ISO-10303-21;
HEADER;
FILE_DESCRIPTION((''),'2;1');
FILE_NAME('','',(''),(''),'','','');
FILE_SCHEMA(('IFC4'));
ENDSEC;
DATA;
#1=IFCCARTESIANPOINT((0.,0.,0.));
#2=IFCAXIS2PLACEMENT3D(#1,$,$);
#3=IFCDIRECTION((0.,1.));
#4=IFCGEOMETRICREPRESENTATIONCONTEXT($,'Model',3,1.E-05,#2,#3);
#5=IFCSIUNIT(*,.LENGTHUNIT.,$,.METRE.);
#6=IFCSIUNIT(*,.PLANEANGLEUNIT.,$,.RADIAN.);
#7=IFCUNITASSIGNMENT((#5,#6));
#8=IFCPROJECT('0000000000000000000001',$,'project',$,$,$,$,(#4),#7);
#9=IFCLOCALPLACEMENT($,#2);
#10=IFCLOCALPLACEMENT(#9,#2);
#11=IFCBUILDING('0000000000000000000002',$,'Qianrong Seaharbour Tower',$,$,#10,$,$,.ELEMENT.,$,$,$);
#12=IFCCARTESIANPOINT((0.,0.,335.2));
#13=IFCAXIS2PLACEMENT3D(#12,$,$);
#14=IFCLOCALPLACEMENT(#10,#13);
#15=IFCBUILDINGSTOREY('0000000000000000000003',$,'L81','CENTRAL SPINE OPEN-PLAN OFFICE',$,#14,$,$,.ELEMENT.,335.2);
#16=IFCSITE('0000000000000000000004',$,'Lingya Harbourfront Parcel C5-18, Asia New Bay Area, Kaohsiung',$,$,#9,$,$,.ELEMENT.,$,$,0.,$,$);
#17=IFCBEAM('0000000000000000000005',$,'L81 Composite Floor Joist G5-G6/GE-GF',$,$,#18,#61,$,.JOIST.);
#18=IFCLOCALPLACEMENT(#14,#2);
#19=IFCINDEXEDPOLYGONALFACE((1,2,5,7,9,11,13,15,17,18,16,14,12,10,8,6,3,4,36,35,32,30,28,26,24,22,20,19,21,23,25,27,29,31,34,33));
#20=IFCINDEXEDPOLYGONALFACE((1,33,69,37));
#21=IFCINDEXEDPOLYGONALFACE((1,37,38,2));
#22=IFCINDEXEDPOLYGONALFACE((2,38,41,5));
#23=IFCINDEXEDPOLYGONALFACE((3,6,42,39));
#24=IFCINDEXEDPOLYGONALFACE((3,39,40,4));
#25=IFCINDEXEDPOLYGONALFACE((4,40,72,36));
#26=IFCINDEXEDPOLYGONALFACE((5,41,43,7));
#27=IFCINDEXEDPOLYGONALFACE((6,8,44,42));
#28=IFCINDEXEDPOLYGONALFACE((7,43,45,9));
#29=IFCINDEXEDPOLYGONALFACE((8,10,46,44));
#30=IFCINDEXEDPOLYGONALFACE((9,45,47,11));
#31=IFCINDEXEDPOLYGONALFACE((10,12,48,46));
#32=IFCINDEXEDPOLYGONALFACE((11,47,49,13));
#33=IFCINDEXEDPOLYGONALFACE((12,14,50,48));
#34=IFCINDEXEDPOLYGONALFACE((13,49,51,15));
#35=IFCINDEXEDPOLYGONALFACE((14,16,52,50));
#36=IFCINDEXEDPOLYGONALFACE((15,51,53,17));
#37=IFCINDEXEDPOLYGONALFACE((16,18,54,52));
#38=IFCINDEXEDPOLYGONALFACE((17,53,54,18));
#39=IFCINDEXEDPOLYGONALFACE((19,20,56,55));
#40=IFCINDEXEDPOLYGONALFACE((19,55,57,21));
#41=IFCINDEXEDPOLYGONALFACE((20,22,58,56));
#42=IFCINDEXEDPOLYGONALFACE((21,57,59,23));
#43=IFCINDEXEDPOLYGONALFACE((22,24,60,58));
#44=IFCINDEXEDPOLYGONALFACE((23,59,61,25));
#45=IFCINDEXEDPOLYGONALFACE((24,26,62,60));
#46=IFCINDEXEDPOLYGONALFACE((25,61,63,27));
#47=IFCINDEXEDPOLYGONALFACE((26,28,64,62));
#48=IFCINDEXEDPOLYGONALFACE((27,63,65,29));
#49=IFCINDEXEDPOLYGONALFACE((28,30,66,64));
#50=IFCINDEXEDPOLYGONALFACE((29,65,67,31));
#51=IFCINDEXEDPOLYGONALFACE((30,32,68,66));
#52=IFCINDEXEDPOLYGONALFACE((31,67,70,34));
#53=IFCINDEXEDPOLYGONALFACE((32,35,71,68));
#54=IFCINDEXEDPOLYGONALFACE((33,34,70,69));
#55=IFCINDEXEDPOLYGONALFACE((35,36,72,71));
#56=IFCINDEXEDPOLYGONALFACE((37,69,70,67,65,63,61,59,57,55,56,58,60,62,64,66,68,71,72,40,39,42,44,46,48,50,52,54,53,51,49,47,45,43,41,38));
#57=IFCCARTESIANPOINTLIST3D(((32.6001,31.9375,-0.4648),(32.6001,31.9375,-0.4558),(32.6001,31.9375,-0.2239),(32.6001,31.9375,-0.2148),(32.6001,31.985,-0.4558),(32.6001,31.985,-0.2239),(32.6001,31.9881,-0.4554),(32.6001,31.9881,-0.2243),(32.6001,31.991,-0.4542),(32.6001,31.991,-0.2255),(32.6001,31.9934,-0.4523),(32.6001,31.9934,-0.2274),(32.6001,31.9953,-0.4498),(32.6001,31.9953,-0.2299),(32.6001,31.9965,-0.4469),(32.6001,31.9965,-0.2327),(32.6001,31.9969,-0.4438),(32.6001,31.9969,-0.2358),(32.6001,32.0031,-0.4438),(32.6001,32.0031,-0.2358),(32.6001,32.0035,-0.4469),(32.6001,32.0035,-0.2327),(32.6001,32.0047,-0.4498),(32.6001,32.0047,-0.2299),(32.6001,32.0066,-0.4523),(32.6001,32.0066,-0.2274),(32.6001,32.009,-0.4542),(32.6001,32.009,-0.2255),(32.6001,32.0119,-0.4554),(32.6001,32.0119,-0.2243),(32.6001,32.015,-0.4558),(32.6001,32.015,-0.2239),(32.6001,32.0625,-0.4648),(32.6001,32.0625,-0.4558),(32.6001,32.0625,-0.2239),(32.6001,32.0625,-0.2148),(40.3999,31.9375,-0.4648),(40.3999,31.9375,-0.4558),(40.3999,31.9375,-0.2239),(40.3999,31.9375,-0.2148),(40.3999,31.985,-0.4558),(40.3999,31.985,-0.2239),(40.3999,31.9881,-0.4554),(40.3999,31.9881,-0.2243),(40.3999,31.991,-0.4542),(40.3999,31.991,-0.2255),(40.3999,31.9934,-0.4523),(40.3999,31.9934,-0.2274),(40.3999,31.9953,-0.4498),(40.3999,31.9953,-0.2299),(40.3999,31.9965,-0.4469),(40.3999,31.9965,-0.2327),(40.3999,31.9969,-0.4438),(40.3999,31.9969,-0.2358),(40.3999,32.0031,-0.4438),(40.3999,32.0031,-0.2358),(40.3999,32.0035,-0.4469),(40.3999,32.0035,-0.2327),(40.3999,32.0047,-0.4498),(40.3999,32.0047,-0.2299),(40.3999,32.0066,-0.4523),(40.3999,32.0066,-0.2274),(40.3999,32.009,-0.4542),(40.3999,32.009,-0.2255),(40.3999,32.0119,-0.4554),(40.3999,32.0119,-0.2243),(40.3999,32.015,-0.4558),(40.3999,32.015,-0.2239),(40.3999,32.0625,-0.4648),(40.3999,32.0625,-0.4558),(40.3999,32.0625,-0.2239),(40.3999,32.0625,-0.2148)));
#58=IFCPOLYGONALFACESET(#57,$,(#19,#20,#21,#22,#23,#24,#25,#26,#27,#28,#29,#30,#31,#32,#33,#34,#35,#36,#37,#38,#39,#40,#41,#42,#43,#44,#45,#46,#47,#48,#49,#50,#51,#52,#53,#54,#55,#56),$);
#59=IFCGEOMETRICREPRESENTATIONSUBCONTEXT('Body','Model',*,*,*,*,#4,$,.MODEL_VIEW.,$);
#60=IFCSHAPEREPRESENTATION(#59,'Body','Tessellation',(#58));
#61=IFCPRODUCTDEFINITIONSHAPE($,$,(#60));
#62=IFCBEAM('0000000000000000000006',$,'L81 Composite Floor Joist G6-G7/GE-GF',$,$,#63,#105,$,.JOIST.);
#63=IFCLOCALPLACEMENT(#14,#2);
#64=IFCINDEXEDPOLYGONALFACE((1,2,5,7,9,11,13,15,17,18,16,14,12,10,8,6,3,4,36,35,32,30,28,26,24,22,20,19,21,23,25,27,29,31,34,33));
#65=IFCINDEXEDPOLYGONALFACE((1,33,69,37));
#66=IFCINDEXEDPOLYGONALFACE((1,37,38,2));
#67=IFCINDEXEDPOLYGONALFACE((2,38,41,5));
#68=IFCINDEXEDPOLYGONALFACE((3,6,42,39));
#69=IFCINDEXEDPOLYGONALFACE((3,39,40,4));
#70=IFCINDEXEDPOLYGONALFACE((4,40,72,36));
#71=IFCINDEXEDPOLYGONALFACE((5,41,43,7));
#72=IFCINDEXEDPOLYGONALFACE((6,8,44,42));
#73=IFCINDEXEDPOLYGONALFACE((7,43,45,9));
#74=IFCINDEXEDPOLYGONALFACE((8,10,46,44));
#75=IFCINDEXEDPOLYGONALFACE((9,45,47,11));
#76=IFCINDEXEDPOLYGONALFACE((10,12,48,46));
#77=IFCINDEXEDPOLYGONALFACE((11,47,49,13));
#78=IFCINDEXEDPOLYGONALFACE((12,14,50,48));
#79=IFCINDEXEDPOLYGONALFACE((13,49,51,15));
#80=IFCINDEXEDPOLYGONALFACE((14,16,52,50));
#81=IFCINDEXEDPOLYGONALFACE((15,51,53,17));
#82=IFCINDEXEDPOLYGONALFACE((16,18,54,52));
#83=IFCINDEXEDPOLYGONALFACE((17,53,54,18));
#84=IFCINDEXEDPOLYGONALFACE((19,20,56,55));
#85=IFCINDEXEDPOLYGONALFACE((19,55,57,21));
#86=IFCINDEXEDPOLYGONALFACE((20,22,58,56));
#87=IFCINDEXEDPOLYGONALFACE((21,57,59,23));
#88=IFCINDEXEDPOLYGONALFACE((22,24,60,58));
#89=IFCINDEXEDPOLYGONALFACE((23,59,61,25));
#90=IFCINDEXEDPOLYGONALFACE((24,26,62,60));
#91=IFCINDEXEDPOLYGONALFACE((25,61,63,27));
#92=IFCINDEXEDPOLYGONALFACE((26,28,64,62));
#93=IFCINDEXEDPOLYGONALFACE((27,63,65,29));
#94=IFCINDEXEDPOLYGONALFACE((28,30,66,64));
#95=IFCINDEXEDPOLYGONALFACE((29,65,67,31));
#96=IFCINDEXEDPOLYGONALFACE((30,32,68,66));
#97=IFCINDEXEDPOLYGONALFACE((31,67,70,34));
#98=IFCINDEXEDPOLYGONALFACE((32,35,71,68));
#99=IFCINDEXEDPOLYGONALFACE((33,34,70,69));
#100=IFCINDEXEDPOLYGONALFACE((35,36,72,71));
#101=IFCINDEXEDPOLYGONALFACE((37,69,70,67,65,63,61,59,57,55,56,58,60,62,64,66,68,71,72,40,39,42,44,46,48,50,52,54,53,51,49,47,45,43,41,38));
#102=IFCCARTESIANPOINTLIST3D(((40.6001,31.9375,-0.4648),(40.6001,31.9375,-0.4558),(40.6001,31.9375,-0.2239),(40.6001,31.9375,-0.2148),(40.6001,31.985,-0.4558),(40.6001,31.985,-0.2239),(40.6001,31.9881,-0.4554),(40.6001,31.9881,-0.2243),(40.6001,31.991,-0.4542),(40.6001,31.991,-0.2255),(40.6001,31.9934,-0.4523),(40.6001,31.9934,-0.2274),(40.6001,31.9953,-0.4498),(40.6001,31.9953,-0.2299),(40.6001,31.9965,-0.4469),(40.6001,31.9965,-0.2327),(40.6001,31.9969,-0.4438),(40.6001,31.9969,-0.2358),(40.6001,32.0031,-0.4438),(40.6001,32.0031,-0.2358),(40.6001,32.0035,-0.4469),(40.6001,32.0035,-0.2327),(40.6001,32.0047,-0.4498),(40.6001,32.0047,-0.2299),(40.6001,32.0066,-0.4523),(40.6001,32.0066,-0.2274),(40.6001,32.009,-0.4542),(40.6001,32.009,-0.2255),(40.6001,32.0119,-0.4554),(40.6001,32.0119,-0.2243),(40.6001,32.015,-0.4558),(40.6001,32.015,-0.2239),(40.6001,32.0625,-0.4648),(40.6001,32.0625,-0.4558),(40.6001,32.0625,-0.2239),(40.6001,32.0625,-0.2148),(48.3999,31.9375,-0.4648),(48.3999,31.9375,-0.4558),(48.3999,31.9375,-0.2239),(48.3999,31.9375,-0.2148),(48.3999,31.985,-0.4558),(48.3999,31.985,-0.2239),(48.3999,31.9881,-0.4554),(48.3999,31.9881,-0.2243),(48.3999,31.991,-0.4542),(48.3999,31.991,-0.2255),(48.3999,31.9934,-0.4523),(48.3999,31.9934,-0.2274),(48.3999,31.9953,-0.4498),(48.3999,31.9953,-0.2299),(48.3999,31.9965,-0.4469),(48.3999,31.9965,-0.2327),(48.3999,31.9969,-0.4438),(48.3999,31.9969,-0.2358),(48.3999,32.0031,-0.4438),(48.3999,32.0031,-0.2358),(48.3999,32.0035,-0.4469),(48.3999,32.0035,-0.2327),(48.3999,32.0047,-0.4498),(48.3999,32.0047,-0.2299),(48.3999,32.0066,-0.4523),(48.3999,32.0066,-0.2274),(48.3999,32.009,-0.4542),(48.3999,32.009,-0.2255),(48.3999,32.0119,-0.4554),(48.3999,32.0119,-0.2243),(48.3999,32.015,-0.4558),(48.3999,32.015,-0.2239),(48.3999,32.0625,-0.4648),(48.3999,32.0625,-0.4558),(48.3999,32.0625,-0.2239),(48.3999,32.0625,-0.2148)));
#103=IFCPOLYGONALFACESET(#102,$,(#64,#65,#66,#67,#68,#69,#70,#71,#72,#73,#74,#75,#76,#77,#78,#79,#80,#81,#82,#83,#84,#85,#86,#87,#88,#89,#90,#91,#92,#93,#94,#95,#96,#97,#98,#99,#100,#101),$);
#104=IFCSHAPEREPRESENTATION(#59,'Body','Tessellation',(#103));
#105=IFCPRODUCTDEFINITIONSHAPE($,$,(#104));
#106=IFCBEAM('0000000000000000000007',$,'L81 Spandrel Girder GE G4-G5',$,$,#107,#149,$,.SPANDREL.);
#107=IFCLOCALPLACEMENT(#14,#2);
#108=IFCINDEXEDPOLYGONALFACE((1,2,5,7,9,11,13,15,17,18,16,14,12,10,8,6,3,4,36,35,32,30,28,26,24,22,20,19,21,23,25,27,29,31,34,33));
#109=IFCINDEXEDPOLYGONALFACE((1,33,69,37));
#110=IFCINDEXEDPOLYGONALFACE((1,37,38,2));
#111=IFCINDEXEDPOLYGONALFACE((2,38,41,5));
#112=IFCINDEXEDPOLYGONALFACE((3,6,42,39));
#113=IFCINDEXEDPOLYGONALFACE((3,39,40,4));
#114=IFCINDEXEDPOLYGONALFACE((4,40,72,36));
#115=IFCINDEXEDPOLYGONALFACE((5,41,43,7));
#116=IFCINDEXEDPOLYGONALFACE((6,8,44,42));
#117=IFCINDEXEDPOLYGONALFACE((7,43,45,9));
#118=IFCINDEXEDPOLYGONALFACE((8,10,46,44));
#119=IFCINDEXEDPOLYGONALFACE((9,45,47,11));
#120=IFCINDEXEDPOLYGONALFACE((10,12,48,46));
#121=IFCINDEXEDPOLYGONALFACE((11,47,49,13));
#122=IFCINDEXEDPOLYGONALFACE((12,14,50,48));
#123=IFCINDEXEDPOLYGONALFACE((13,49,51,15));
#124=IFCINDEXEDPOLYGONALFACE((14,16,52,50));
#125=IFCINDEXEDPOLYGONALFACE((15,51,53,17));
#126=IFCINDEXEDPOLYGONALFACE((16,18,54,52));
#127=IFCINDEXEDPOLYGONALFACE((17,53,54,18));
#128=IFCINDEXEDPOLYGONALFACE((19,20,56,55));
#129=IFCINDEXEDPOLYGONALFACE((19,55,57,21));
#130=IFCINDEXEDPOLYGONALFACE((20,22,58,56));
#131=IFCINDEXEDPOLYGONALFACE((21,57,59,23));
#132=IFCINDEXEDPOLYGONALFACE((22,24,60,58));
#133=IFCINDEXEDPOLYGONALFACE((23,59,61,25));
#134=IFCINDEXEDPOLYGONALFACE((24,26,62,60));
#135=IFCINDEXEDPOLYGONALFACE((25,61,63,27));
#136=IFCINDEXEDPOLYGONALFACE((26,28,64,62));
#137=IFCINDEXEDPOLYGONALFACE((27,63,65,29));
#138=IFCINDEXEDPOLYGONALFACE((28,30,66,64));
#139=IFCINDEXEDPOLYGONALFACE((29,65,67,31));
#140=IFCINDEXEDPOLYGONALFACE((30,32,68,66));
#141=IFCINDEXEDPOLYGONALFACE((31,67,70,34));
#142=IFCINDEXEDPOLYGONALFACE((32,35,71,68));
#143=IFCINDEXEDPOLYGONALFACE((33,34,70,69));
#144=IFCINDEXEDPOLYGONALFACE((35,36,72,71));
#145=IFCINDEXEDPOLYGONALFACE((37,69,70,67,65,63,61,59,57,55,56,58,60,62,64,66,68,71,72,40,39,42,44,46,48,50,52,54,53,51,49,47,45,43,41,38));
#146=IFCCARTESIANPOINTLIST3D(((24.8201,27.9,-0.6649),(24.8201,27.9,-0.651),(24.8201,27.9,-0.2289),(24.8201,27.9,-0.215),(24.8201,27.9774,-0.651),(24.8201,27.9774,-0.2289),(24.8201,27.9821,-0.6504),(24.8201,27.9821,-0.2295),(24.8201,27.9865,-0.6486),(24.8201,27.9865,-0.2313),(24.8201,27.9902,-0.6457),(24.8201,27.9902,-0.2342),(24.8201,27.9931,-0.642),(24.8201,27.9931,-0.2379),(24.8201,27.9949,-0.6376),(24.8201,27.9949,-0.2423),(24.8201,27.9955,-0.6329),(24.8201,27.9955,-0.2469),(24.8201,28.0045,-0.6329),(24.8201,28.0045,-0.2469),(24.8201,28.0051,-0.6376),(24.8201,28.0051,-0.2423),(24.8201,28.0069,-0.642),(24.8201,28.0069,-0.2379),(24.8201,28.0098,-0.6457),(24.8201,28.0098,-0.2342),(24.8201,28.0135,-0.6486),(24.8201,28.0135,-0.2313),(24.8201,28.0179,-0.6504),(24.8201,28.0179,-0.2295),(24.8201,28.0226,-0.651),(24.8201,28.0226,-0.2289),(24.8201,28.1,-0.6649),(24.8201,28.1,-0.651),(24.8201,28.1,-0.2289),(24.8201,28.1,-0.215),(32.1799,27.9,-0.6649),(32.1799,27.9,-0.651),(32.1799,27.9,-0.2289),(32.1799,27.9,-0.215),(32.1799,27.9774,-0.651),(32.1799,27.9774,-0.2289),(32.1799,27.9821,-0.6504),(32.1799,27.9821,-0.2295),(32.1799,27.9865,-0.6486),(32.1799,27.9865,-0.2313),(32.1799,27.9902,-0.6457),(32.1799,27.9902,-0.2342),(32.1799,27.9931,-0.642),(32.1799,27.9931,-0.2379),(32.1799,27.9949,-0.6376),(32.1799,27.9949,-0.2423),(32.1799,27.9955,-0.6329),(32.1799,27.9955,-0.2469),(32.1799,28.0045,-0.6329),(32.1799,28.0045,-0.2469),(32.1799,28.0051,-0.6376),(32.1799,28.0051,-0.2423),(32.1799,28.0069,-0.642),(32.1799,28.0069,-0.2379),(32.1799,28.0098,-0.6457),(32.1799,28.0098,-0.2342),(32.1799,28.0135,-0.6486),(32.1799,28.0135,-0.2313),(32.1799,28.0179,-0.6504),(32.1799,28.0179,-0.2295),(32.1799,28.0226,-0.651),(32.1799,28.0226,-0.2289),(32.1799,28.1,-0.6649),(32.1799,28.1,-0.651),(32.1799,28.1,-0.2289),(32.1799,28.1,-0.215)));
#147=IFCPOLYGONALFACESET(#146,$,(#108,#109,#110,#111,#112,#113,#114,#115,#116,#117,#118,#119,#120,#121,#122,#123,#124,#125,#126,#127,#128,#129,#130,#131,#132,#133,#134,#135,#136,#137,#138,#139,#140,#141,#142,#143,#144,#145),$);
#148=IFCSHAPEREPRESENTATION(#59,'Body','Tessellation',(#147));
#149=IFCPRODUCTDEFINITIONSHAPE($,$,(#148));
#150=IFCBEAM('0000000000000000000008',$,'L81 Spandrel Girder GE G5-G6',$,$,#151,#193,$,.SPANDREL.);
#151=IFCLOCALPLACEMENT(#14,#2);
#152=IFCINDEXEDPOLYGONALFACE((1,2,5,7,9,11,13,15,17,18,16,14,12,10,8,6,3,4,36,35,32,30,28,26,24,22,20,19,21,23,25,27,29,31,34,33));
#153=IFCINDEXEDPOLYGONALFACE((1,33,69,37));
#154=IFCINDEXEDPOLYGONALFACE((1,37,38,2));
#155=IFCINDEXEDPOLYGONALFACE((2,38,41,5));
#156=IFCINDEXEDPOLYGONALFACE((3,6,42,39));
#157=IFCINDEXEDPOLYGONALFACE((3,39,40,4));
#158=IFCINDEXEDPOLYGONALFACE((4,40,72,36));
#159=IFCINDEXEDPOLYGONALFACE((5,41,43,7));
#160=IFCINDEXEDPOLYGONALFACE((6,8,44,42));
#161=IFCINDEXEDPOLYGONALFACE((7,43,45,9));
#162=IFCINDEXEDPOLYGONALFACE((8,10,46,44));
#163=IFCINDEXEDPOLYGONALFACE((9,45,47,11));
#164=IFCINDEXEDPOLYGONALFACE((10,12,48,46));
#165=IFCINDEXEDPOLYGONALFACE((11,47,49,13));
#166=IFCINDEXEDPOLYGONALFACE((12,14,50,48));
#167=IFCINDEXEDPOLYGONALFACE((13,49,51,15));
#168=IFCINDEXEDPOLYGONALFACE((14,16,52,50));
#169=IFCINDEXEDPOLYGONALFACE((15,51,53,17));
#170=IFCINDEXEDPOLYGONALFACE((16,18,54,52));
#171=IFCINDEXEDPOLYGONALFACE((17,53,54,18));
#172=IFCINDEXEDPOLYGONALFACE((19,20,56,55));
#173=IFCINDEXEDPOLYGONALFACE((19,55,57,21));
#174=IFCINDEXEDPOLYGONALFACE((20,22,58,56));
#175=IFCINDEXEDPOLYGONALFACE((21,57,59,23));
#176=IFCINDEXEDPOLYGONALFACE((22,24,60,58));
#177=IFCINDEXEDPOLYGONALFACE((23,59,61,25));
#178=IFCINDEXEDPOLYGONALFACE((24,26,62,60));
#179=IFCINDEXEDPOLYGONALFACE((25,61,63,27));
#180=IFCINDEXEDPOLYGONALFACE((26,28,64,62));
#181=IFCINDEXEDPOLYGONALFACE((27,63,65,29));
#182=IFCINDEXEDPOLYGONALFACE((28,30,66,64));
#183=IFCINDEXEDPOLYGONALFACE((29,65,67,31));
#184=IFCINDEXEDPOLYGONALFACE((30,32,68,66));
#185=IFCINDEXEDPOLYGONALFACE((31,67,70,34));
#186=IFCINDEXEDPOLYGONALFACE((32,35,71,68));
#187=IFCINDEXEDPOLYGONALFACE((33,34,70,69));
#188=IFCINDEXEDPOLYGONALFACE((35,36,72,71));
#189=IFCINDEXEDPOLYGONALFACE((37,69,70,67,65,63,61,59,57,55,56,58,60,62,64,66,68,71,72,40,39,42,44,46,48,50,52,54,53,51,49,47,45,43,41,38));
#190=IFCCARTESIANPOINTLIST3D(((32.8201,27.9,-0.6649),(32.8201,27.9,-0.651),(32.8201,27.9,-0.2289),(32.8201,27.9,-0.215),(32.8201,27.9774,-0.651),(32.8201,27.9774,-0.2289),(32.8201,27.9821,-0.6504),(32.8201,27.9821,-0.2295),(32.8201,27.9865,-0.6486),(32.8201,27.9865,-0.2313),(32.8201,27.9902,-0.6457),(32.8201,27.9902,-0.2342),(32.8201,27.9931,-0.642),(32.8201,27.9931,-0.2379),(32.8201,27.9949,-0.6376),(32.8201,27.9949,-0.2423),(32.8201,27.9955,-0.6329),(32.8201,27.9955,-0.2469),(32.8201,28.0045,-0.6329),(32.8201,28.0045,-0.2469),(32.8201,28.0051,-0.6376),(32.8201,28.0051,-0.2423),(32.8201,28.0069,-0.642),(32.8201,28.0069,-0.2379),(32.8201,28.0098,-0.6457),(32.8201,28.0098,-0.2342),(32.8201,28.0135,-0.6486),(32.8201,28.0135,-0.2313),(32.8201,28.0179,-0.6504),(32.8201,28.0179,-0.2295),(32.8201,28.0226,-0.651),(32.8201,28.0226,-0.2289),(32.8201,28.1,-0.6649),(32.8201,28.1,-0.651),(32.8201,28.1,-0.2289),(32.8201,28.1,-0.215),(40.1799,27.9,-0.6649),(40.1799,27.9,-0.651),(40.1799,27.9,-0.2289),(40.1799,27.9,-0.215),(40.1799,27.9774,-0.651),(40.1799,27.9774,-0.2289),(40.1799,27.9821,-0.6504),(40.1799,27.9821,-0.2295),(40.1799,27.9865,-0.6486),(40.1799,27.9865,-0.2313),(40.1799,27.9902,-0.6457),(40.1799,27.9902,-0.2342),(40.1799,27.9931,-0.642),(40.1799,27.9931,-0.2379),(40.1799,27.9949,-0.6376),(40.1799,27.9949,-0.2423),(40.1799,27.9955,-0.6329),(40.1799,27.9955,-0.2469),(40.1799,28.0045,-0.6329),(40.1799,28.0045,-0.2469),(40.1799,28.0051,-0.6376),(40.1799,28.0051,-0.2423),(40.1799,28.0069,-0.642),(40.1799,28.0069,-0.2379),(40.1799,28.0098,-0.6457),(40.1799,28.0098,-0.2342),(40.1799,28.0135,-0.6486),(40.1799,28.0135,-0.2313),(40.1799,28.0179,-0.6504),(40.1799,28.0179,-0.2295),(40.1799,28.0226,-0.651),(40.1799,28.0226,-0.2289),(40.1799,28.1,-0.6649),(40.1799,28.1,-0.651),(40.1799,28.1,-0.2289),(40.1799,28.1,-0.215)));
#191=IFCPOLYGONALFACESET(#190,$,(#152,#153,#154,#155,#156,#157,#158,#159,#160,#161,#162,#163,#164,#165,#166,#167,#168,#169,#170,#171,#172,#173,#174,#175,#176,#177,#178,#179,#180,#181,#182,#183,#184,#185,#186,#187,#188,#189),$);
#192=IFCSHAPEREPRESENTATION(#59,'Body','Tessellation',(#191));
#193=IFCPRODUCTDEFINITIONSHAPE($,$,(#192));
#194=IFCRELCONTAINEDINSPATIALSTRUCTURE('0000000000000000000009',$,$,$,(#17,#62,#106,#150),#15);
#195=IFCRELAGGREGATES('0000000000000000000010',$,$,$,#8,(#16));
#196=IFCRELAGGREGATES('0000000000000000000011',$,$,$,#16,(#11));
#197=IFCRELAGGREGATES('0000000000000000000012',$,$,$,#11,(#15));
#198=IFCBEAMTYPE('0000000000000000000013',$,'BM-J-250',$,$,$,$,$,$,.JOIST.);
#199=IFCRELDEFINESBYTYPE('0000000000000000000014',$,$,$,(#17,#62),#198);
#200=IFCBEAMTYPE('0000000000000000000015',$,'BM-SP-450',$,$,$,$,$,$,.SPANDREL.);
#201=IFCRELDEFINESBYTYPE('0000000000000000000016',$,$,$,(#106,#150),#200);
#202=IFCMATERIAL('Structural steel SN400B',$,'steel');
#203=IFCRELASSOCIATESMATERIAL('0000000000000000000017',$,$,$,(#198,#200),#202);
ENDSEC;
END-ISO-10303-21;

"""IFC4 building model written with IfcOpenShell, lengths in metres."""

from ifc_helpers import new_model, si_unit, direction, frame, origin, origin_2d, place, context, subcontext, project, spatial, i_section, extrude, material, material_profile, profile_set, type_object, element, save


model = new_model("IFC4")

# Units and contexts
model_context = context("Model", 3, precision=1e-05, world=origin(), true_north=direction((0.0, 1.0)))
body_context = subcontext(model_context, "Body", "Model", "MODEL_VIEW")
ifc_project = project(units=[si_unit("LENGTHUNIT", "METRE"), si_unit("PLANEANGLEUNIT", "RADIAN")], contexts=[model_context])

# Site, building, storey
site_placement = place(None, origin())
site = spatial("IfcSite", under=ifc_project, at=site_placement, Name="Lingya Harbourfront Parcel C5-18, Asia New Bay Area, Kaohsiung", CompositionType="ELEMENT", RefElevation=0.0)
building_placement = place(site_placement, origin())
building = spatial("IfcBuilding", under=site, at=building_placement, Name="Qianrong Seaharbour Tower", CompositionType="ELEMENT")
storey_placement = place(building_placement, frame((0.0, 0.0, 335.2)))
storey = spatial("IfcBuildingStorey", under=building, at=storey_placement, Name="L81", Description="CENTRAL SPINE OPEN-PLAN OFFICE", CompositionType="ELEMENT", Elevation=335.2)

# Beams
ifc_material_1 = material(Name="Structural steel SN400B", Category="steel")
ifc_material_profile_1 = material_profile(ifc_material_1, i_section(OverallWidth=0.125, OverallDepth=0.25, WebThickness=0.0061, FlangeThickness=0.009, FilletRadius=0.012, at=origin_2d()), Name="H250x125x6x9")
ifc_profile_set_1 = profile_set([ifc_material_profile_1], Name="Structural steel SN400B")
beam_type_1 = type_object("IfcBeamType", Name="BM-J-250", PredefinedType="JOIST", material=ifc_profile_set_1)
for number, where, z_axis, x_axis, name in (
    (1, (32.6001, 32.0, -0.3398), (1.0, 0.0, 0.0), (0.0, 1.0, 0.0), "L81 Composite Floor Joist G5-G6/GE-GF"),
    (2, (40.6001, 32.0, -0.3398), (1.0, 0.0, 0.0), (0.0, 1.0, 0.0), "L81 Composite Floor Joist G6-G7/GE-GF"),
):
    element("IfcBeam", number, at=place(storey_placement, frame(where, z_axis=z_axis, x_axis=x_axis)), inside=storey, type_object=beam_type_1, Name=name, PredefinedType="JOIST", context=body_context, shape_type="SweptSolid", body=[
        extrude(i_section(OverallWidth=0.125, OverallDepth=0.25, WebThickness=0.0061, FlangeThickness=0.009, FilletRadius=0.012, at=origin_2d()), origin(), (0.0, 0.0, 1.0), 7.7998),
    ])
ifc_material_profile_2 = material_profile(ifc_material_1, i_section(OverallWidth=0.2, OverallDepth=0.45, WebThickness=0.009, FlangeThickness=0.0139, FilletRadius=0.0181, at=origin_2d()), Name="H450x200x9x14")
ifc_profile_set_2 = profile_set([ifc_material_profile_2], Name="Structural steel SN400B")
beam_type_2 = type_object("IfcBeamType", Name="BM-SP-450", PredefinedType="SPANDREL", material=ifc_profile_set_2)
for number, where, z_axis, x_axis, name in (
    (3, (24.8201, 28.0, -0.4399), (1.0, 0.0, 0.0), (0.0, 1.0, 0.0), "L81 Spandrel Girder GE G4-G5"),
    (4, (32.8201, 28.0, -0.4399), (1.0, 0.0, 0.0), (0.0, 1.0, 0.0), "L81 Spandrel Girder GE G5-G6"),
):
    element("IfcBeam", number, at=place(storey_placement, frame(where, z_axis=z_axis, x_axis=x_axis)), inside=storey, type_object=beam_type_2, Name=name, PredefinedType="SPANDREL", context=body_context, shape_type="SweptSolid", body=[
        extrude(i_section(OverallWidth=0.2, OverallDepth=0.45, WebThickness=0.009, FlangeThickness=0.0139, FilletRadius=0.0181, at=origin_2d()), origin(), (0.0, 0.0, 1.0), 7.3599),
    ])

save(model, "model.ifc")
